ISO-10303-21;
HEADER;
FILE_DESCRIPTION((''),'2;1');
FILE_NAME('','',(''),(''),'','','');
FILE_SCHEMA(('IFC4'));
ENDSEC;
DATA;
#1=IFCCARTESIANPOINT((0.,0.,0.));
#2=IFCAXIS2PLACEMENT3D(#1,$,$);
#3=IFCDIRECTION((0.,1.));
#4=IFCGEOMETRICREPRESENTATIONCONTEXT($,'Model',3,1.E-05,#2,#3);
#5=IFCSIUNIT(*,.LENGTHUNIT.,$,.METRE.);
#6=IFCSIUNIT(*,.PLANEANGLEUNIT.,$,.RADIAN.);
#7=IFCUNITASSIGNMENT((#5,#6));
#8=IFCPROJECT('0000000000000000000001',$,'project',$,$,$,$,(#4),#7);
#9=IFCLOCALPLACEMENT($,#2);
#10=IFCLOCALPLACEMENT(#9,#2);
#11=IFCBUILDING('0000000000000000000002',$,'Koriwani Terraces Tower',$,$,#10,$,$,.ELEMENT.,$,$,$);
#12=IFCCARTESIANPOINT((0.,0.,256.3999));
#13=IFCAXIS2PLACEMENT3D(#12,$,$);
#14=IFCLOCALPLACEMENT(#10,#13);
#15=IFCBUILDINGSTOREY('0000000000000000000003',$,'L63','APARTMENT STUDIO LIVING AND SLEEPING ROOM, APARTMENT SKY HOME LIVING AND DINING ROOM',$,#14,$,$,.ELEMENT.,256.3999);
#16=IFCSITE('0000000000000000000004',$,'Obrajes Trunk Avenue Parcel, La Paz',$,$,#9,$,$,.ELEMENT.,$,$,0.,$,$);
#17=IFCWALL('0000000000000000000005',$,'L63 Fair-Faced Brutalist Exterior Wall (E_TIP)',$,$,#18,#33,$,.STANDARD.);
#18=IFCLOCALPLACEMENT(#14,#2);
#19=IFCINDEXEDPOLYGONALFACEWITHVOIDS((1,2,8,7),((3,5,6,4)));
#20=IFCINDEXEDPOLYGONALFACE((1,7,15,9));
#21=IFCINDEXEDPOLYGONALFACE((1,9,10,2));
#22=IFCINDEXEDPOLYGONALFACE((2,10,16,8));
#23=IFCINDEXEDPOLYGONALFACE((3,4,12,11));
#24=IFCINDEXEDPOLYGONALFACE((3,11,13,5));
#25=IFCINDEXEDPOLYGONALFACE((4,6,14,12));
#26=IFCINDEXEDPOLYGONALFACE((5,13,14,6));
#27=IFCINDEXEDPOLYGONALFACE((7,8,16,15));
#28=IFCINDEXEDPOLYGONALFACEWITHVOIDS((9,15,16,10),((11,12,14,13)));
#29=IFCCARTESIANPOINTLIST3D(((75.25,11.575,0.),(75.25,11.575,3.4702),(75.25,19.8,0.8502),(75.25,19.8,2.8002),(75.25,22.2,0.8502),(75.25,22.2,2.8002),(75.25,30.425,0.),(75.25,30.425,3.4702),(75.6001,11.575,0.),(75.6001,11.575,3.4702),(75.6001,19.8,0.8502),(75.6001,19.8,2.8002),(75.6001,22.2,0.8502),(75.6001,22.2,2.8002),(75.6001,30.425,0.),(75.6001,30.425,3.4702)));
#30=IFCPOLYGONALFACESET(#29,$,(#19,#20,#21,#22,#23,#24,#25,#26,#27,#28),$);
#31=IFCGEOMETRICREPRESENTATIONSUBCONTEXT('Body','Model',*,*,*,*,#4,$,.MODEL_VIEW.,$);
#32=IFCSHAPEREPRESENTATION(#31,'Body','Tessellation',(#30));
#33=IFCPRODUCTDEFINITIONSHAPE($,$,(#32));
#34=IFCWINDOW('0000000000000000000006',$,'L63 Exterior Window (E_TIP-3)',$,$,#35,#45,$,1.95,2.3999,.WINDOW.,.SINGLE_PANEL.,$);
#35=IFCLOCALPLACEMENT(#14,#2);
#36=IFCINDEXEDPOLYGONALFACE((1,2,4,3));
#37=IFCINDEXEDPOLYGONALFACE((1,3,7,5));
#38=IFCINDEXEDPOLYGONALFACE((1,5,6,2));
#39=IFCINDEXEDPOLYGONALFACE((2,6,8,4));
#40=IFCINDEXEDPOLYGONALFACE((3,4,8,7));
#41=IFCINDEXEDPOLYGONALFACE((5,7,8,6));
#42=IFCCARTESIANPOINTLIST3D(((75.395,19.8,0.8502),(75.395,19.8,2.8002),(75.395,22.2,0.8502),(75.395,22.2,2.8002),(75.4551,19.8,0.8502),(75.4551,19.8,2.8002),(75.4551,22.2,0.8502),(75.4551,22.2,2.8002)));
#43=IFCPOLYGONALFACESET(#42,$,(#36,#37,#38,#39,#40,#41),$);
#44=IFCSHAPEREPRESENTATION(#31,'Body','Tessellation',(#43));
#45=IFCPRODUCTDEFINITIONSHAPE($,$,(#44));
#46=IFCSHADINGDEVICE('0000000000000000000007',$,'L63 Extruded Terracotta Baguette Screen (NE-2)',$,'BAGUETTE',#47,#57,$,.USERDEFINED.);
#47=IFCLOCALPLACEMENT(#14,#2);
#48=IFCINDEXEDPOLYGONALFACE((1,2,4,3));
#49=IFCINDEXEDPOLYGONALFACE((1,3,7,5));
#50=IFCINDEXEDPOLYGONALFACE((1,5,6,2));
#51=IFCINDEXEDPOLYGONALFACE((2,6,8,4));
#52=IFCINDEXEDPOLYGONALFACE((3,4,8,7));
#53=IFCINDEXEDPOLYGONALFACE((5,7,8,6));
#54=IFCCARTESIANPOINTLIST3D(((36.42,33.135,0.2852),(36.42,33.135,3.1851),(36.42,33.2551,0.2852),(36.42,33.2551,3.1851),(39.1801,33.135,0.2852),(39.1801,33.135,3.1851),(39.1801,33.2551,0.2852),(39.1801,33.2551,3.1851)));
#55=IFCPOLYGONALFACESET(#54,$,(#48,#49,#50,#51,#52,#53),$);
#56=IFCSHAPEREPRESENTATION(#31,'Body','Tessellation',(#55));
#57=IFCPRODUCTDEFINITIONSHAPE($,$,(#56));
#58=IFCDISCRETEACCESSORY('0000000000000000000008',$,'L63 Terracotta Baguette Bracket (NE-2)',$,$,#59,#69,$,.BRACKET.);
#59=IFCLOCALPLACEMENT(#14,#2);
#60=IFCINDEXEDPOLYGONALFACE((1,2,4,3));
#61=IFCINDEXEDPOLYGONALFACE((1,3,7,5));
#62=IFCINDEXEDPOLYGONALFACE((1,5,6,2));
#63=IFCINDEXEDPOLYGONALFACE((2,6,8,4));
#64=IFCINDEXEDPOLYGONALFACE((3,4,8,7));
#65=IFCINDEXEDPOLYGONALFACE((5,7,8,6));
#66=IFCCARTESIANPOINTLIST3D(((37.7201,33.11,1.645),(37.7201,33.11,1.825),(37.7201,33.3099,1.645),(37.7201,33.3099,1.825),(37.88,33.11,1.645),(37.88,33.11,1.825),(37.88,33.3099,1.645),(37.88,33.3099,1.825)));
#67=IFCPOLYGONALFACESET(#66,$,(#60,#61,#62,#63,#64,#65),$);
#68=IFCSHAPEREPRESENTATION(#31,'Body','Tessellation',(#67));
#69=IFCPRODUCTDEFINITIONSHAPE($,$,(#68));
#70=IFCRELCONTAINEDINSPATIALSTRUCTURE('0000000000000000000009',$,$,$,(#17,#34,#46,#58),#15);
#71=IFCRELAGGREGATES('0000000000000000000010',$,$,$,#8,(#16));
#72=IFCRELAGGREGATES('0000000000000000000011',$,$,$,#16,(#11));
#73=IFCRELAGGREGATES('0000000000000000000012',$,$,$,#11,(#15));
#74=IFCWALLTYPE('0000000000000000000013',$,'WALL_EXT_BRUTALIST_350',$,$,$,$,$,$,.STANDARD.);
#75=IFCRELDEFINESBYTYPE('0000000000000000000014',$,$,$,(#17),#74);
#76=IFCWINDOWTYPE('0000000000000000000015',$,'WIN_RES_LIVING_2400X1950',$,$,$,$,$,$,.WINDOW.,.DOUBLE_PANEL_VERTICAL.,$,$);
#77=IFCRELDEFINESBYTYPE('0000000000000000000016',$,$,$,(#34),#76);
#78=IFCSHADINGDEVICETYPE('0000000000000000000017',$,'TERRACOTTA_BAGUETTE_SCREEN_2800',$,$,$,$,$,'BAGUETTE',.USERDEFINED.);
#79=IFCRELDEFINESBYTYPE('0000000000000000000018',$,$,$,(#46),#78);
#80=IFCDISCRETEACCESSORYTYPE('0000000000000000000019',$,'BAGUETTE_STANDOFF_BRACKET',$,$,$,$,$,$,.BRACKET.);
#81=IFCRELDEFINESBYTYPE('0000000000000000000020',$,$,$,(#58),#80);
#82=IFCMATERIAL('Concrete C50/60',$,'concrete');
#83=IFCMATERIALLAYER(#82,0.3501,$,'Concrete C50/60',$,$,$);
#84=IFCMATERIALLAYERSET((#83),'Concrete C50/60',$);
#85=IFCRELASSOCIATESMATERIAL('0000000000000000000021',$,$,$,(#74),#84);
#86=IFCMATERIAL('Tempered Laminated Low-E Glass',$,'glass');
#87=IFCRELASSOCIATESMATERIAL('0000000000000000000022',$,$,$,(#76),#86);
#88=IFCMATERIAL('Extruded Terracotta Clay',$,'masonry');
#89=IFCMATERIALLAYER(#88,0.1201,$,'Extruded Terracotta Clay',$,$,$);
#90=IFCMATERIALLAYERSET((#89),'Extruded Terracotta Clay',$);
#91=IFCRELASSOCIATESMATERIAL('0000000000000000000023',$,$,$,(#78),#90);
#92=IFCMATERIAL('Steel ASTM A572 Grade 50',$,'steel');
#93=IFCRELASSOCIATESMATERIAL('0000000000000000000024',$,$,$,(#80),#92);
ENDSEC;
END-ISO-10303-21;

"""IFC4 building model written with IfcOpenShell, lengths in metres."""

from ifc_helpers import new_model, si_unit, direction, frame, frame_2d, origin, origin_2d, place, context, subcontext, project, spatial, rectangle, extrude, material, layer, layer_set, type_object, element, fill, save


model = new_model("IFC4")

# Units and contexts
model_context = context("Model", 3, precision=1e-05, world=origin(), true_north=direction((0.0, 1.0)))
body_context = subcontext(model_context, "Body", "Model", "MODEL_VIEW")
ifc_project = project(units=[si_unit("LENGTHUNIT", "METRE"), si_unit("PLANEANGLEUNIT", "RADIAN")], contexts=[model_context])

# Site, building, storey
site_placement = place(None, origin())
site = spatial("IfcSite", under=ifc_project, at=site_placement, Name="Obrajes Trunk Avenue Parcel, La Paz", CompositionType="ELEMENT", RefElevation=0.0)
building_placement = place(site_placement, origin())
building = spatial("IfcBuilding", under=site, at=building_placement, Name="Koriwani Terraces Tower", CompositionType="ELEMENT")
storey_placement = place(building_placement, frame((0.0, 0.0, 256.3999)))
storey = spatial("IfcBuildingStorey", under=building, at=storey_placement, Name="L63", Description="APARTMENT STUDIO LIVING AND SLEEPING ROOM, APARTMENT SKY HOME LIVING AND DINING ROOM", CompositionType="ELEMENT", Elevation=256.3999)

# Shared definitions
ifc_material_1 = material(Name="Concrete C50/60", Category="concrete")

# Shared definitions
ifc_layer_1 = layer(ifc_material_1, 0.3501, Name="Concrete C50/60")
ifc_layer_set_1 = layer_set([ifc_layer_1], Name="Concrete C50/60")
wall_type_1 = type_object("IfcWallType", Name="WALL_EXT_BRUTALIST_350", PredefinedType="STANDARD", material=ifc_layer_set_1)

# Wall, opening, window
wall_1_placement = place(storey_placement, frame((75.425, 30.425, 0.0), z_axis=(0.0, 0.0, 1.0), x_axis=(0.0, -1.0, 0.0)))
wall_1 = element("IfcWall", 1, at=wall_1_placement, inside=storey, type_object=wall_type_1, Name="L63 Fair-Faced Brutalist Exterior Wall (E_TIP)", PredefinedType="STANDARD", context=body_context, shape_type="SweptSolid", body=[
    extrude(rectangle(XDim=18.8501, YDim=0.3501, at=frame_2d((9.425, 0.0))), origin(), (0.0, 0.0, 1.0), 3.4702),
])
opening_1_placement = place(wall_1_placement, frame((8.2251, 0.0, 0.8501)))
opening_1 = element("IfcOpeningElement", 2, at=opening_1_placement, cuts=wall_1, PredefinedType="OPENING", context=body_context, shape_type="SweptSolid", body=[
    extrude(rectangle(XDim=2.3999, YDim=1.95, at=frame_2d((1.2, 0.9751))), frame((0.0, 0.1851, 0.0), z_axis=(0.0, -1.0, 0.0), x_axis=(1.0, 0.0, 0.0)), (0.0, 0.0, 1.0), 0.3701),
])
ifc_material_2 = material(Name="Tempered Laminated Low-E Glass", Category="glass")
window_type = type_object("IfcWindowType", Name="WIN_RES_LIVING_2400X1950", PartitioningType="DOUBLE_PANEL_VERTICAL", PredefinedType="WINDOW", material=ifc_material_2)
window_placement = place(opening_1_placement, origin())
window = element("IfcWindow", 3, at=window_placement, inside=storey, type_object=window_type, Name="L63 Exterior Window (E_TIP-3)", OverallHeight=1.95, OverallWidth=2.3999, PartitioningType="SINGLE_PANEL", PredefinedType="WINDOW", context=body_context, shape_type="SweptSolid", body=[
    extrude(rectangle(XDim=2.3999, YDim=1.95, at=frame_2d((1.2, 0.9751))), frame((0.0, 0.03, 0.0), z_axis=(0.0, -1.0, 0.0), x_axis=(1.0, 0.0, 0.0)), (0.0, 0.0, 1.0), 0.0601),
])
fill(opening_1, window)

# Shared definitions
ifc_material_3 = material(Name="Steel ASTM A572 Grade 50", Category="steel")

# Shading device
ifc_material_4 = material(Name="Extruded Terracotta Clay", Category="masonry")
ifc_layer_2 = layer(ifc_material_4, 0.1201, Name="Extruded Terracotta Clay")
ifc_layer_set_2 = layer_set([ifc_layer_2], Name="Extruded Terracotta Clay")
shading_device_type = type_object("IfcShadingDeviceType", Name="TERRACOTTA_BAGUETTE_SCREEN_2800", ElementType="BAGUETTE", PredefinedType="USERDEFINED", material=ifc_layer_set_2)
shading_device_placement = place(storey_placement, frame((37.8, 33.1951, 0.2852), z_axis=(0.0, 0.0, 1.0), x_axis=(1.0, 0.0, 0.0)))
element("IfcShadingDevice", 4, at=shading_device_placement, inside=storey, type_object=shading_device_type, Name="L63 Extruded Terracotta Baguette Screen (NE-2)", ObjectType="BAGUETTE", PredefinedType="USERDEFINED", context=body_context, shape_type="SweptSolid", body=[
    extrude(rectangle(XDim=2.76, YDim=0.1201, at=origin_2d()), origin(), (0.0, 0.0, 1.0), 2.8999),
])

# Discrete accessory
discrete_accessory_type = type_object("IfcDiscreteAccessoryType", Name="BAGUETTE_STANDOFF_BRACKET", PredefinedType="BRACKET", material=ifc_material_3)
discrete_accessory_placement = place(storey_placement, frame((37.8, 33.21, 1.645), z_axis=(0.0, 0.0, 1.0), x_axis=(1.0, 0.0, 0.0)))
element("IfcDiscreteAccessory", 5, at=discrete_accessory_placement, inside=storey, type_object=discrete_accessory_type, Name="L63 Terracotta Baguette Bracket (NE-2)", PredefinedType="BRACKET", context=body_context, shape_type="SweptSolid", body=[
    extrude(rectangle(XDim=0.1599, YDim=0.2, at=origin_2d()), origin(), (0.0, 0.0, 1.0), 0.1799),
])

save(model, "model.ifc")
